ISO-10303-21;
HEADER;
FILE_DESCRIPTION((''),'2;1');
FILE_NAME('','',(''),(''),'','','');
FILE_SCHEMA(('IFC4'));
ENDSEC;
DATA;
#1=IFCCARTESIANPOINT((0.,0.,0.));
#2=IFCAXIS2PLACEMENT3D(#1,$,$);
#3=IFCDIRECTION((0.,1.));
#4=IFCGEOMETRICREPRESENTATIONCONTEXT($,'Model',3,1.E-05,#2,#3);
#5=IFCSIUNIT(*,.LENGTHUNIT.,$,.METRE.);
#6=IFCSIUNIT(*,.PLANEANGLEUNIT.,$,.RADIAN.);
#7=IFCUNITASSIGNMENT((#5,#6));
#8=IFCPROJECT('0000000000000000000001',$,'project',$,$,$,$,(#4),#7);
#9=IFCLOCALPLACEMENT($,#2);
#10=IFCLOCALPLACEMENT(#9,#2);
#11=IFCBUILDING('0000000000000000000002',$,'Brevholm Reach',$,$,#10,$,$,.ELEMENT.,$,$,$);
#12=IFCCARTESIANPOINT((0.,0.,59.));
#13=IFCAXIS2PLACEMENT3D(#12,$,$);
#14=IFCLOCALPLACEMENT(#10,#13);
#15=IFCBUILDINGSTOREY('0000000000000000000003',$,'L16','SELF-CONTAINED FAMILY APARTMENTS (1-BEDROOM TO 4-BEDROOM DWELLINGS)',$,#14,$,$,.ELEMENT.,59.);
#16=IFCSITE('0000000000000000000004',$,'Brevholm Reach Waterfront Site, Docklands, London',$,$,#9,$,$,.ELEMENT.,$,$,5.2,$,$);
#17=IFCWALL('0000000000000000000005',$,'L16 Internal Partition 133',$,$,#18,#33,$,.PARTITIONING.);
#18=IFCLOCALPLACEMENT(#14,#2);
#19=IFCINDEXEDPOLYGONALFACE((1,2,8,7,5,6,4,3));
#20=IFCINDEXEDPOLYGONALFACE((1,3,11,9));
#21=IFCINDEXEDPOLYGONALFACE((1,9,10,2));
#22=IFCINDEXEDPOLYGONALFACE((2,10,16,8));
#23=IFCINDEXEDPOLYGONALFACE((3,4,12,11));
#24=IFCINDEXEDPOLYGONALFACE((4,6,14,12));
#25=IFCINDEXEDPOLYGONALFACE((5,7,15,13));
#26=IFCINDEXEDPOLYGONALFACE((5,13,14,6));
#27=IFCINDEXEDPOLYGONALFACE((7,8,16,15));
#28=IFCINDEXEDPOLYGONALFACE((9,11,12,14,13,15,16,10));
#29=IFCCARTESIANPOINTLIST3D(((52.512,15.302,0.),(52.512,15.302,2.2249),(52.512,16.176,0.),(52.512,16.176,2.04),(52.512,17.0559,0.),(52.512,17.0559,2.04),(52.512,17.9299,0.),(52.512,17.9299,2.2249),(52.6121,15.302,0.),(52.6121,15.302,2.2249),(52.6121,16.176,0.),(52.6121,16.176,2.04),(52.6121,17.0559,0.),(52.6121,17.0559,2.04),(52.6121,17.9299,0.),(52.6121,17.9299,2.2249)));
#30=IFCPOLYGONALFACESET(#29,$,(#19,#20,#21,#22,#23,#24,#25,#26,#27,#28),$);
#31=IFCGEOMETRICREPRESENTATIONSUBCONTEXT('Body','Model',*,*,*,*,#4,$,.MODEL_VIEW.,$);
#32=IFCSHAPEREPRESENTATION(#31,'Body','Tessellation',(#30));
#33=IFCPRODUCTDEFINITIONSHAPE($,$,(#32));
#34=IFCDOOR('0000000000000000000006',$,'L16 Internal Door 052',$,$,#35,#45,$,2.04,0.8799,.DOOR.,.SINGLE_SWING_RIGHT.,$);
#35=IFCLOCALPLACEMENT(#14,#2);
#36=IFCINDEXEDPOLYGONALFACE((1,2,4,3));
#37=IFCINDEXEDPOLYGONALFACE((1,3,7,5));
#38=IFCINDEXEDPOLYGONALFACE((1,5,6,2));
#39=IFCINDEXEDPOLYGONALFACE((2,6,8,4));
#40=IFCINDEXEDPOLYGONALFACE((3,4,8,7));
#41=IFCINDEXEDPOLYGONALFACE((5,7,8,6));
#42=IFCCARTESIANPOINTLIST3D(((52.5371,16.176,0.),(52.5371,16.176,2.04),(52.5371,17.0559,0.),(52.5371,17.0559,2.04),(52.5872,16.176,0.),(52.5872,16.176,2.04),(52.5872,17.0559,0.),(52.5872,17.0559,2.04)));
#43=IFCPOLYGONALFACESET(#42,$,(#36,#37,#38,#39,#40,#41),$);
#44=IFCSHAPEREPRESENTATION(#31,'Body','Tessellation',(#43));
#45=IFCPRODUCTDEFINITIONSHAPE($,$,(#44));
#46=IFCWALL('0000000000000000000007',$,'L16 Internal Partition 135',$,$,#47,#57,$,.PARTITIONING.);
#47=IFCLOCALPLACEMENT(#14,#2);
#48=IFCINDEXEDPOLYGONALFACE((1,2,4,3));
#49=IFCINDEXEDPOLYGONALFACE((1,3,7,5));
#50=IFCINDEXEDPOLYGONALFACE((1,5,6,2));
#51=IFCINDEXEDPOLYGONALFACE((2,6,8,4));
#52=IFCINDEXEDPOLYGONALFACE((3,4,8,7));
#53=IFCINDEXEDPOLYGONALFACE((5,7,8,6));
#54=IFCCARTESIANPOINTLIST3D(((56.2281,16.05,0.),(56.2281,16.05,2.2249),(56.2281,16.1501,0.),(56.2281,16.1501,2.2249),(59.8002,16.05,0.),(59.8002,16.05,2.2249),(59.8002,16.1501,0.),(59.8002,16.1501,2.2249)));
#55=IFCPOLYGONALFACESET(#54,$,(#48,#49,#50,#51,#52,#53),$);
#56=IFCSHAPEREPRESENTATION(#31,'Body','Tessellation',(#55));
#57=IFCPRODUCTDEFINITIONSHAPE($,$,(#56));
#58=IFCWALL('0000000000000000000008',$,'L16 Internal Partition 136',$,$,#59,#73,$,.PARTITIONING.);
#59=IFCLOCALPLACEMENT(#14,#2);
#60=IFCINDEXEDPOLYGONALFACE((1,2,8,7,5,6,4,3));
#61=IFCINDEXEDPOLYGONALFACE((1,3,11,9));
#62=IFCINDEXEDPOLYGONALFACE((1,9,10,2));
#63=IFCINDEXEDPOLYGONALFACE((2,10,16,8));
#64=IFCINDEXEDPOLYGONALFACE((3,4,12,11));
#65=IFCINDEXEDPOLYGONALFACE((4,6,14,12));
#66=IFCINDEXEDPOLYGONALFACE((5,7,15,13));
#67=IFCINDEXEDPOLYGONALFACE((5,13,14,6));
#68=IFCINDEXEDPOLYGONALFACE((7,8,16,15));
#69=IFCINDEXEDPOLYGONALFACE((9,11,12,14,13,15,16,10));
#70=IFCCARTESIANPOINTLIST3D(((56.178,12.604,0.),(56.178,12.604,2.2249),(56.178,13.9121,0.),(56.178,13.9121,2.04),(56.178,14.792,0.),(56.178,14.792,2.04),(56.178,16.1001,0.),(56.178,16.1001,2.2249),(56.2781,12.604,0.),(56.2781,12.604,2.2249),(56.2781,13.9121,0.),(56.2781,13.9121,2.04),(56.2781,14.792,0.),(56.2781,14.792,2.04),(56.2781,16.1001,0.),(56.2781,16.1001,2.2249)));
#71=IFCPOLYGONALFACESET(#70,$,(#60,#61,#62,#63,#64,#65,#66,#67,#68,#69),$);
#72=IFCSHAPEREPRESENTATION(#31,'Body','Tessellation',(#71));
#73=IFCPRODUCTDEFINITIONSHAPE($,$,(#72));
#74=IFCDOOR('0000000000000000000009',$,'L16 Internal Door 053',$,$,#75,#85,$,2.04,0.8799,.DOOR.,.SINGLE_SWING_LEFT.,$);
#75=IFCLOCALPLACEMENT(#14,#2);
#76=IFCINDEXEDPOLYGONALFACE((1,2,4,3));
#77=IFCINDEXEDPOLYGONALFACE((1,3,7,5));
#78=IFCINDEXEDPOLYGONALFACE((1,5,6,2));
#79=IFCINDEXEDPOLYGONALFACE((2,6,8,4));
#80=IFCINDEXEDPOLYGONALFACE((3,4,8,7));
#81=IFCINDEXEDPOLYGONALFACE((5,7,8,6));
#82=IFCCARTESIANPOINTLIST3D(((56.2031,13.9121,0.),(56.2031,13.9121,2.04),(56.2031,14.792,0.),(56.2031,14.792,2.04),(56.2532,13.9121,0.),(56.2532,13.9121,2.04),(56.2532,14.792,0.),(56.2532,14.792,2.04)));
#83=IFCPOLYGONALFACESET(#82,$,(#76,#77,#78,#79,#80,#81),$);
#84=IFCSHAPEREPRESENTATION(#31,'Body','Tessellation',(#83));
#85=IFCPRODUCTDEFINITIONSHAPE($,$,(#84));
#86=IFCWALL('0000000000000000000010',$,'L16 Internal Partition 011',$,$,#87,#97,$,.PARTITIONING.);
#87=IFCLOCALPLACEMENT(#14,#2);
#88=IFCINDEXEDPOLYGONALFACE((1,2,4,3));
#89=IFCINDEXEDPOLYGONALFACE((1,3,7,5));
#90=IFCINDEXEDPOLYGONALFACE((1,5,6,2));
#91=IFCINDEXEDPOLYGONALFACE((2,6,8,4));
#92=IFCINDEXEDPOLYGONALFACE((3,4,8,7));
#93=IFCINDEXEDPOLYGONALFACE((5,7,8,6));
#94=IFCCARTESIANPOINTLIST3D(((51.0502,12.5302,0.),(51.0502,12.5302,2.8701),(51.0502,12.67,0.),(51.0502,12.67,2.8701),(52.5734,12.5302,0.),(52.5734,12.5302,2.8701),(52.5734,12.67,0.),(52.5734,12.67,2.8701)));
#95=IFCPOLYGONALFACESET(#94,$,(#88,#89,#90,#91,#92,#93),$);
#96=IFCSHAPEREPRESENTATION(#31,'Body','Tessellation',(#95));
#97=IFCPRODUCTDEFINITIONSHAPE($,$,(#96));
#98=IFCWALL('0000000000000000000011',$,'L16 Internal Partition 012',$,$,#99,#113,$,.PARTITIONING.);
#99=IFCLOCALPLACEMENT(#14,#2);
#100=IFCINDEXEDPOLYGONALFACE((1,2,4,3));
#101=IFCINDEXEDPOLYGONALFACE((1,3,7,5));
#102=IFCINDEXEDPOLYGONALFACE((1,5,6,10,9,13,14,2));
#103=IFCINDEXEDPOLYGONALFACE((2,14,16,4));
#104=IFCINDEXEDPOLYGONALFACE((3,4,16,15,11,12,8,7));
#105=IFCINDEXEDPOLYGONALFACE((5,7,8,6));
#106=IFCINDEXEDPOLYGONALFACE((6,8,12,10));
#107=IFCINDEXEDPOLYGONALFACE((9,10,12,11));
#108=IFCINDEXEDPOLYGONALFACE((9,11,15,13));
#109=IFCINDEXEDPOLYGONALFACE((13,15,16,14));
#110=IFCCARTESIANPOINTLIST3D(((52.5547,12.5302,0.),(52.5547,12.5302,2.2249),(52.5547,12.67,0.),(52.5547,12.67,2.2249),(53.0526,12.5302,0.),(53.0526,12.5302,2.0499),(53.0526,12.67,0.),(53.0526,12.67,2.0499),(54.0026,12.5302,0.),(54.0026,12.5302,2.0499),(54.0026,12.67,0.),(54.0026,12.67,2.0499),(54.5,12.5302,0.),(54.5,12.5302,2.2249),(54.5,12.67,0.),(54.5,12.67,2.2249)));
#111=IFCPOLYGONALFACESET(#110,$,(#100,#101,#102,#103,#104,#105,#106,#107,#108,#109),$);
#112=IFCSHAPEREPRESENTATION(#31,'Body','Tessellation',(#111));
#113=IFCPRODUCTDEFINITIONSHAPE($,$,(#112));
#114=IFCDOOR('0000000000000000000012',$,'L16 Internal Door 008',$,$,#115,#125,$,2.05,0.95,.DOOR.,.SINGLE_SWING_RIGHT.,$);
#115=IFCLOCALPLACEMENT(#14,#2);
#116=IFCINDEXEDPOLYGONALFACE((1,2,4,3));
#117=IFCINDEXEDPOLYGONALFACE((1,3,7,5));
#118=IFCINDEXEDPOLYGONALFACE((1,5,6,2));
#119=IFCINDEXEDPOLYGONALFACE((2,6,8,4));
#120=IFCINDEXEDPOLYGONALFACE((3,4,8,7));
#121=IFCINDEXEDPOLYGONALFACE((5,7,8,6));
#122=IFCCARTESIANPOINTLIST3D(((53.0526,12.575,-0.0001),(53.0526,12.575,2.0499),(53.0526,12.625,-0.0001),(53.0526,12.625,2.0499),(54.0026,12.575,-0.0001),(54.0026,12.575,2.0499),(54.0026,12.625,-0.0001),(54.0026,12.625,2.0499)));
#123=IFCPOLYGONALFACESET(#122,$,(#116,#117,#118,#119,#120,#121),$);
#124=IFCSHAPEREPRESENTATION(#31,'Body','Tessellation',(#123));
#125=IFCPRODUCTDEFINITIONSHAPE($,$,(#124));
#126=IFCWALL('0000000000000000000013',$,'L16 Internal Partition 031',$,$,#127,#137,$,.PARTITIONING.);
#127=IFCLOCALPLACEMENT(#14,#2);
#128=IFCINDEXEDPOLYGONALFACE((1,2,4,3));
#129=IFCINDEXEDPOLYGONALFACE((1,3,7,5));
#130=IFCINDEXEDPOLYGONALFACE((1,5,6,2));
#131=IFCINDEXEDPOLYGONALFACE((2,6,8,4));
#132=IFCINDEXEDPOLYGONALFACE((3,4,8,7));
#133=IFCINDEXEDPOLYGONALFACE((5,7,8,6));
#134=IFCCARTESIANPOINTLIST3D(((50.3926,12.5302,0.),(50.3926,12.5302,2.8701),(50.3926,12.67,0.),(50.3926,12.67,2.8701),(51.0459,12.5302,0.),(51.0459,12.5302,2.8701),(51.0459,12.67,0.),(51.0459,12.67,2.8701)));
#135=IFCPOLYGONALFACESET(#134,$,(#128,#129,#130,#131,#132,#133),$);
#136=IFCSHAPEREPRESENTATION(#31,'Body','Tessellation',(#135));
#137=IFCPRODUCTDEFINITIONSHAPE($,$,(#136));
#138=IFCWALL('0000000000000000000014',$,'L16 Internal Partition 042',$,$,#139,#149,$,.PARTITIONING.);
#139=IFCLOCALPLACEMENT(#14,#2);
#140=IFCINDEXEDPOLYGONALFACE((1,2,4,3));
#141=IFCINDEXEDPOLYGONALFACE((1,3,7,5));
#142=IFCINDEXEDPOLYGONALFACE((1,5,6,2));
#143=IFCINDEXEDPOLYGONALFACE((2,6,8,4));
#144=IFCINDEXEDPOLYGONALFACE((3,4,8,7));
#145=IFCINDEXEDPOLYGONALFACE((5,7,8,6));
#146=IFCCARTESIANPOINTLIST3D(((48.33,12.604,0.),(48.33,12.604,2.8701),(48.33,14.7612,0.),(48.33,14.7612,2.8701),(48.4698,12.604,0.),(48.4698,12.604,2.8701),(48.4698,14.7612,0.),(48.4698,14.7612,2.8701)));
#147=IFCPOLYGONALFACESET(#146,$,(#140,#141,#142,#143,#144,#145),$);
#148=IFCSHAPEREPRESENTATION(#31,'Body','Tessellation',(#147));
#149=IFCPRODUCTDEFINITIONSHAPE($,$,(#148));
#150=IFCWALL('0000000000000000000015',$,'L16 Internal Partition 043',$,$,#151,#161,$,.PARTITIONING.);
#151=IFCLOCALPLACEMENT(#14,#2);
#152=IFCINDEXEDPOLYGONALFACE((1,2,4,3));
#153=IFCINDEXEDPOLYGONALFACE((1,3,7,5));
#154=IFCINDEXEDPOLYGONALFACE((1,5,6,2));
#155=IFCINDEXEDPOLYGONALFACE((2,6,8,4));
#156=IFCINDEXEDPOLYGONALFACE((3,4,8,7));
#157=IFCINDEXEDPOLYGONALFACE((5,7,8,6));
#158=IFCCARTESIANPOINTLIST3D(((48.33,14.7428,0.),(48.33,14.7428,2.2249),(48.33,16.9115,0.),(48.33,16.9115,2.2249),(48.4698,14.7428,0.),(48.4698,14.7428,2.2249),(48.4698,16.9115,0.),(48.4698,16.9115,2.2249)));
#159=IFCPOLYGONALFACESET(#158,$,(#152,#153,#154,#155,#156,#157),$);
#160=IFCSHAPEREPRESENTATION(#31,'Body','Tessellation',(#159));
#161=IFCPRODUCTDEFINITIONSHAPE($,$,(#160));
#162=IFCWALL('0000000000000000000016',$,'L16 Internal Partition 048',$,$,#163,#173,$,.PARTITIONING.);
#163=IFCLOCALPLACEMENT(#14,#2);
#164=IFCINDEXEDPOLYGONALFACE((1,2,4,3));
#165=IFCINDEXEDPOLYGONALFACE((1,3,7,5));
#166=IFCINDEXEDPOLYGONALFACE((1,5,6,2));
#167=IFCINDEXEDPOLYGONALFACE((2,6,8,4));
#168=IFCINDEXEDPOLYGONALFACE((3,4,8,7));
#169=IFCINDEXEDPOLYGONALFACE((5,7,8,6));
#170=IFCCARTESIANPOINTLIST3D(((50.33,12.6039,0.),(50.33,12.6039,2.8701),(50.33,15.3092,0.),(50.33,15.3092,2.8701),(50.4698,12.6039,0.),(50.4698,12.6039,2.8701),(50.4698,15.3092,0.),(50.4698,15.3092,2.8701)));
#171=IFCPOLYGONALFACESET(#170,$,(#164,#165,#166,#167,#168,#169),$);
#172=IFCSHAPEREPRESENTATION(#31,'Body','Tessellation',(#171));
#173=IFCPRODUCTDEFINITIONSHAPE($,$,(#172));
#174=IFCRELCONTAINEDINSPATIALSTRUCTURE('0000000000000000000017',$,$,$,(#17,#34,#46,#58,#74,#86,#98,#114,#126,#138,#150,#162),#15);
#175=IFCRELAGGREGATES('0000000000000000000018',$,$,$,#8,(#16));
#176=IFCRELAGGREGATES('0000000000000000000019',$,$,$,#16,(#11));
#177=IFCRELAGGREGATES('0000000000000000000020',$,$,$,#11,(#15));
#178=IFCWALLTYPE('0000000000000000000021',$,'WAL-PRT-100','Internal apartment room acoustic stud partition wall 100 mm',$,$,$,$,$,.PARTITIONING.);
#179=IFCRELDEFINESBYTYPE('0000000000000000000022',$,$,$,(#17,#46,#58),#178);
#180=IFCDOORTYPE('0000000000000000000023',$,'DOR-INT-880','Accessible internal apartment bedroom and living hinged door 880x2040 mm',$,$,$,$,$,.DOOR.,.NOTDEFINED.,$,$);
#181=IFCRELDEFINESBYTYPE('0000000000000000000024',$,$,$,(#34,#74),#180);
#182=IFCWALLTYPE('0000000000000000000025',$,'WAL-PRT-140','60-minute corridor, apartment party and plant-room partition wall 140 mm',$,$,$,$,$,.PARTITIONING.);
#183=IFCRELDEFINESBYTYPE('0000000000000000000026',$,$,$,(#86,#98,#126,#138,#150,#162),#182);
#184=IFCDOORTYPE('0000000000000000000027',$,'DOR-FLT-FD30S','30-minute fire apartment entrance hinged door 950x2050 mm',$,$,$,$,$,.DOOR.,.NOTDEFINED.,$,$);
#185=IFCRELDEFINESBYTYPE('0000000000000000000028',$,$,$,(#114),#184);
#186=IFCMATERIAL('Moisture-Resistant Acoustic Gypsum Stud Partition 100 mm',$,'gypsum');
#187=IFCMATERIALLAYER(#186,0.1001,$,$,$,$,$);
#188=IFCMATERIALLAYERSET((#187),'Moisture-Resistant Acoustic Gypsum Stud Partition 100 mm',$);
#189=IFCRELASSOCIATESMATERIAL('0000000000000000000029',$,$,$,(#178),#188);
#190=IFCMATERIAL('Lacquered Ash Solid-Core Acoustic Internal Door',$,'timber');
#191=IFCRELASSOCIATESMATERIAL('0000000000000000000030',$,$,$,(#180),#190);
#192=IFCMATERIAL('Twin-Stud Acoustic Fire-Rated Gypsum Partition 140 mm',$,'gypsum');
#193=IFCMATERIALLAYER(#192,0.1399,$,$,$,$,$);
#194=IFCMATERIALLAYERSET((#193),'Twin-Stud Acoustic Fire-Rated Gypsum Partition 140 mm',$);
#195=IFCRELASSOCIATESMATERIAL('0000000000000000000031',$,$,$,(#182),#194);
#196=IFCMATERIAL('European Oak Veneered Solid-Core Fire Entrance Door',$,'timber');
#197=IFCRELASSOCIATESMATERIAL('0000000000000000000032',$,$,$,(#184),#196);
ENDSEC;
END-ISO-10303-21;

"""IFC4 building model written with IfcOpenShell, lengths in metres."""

from ifc_helpers import new_model, si_unit, direction, frame, frame_2d, origin, place, context, subcontext, project, spatial, rectangle, extrude, material, layer, layer_set, type_object, element, fill, save


model = new_model("IFC4")

# Units and contexts
model_context = context("Model", 3, precision=1e-05, world=origin(), true_north=direction((0.0, 1.0)))
body_context = subcontext(model_context, "Body", "Model", "MODEL_VIEW")
ifc_project = project(units=[si_unit("LENGTHUNIT", "METRE"), si_unit("PLANEANGLEUNIT", "RADIAN")], contexts=[model_context])

# Site, building, storey
site_placement = place(None, origin())
site = spatial("IfcSite", under=ifc_project, at=site_placement, Name="Brevholm Reach Waterfront Site, Docklands, London", CompositionType="ELEMENT", RefElevation=5.2)
building_placement = place(site_placement, origin())
building = spatial("IfcBuilding", under=site, at=building_placement, Name="Brevholm Reach", CompositionType="ELEMENT")
storey_placement = place(building_placement, frame((0.0, 0.0, 59.0)))
storey = spatial("IfcBuildingStorey", under=building, at=storey_placement, Name="L16", Description="SELF-CONTAINED FAMILY APARTMENTS (1-BEDROOM TO 4-BEDROOM DWELLINGS)", CompositionType="ELEMENT", Elevation=59.0)

# Shared definitions
ifc_material_1 = material(Name="Moisture-Resistant Acoustic Gypsum Stud Partition 100 mm", Category="gypsum")
ifc_layer_1 = layer(ifc_material_1, 0.1001)
ifc_layer_set_1 = layer_set([ifc_layer_1], Name="Moisture-Resistant Acoustic Gypsum Stud Partition 100 mm")
wall_type_1 = type_object("IfcWallType", Name="WAL-PRT-100", Description="Internal apartment room acoustic stud partition wall 100 mm", PredefinedType="PARTITIONING", material=ifc_layer_set_1)

# Wall, opening, door
wall_1_placement = place(storey_placement, frame((52.562, 15.302, 0.0), z_axis=(0.0, 0.0, 1.0), x_axis=(0.0, 1.0, 0.0)))
wall_1 = element("IfcWall", 1, at=wall_1_placement, inside=storey, type_object=wall_type_1, Name="L16 Internal Partition 133", PredefinedType="PARTITIONING", context=body_context, shape_type="SweptSolid", body=[
    extrude(rectangle(XDim=2.6279, YDim=0.1001, at=frame_2d((1.314, 0.0))), origin(), (0.0, 0.0, 1.0), 2.2249),
])
opening_1_placement = place(wall_1_placement, frame((0.874, 0.0, 0.0)))
opening_1 = element("IfcOpeningElement", 2, at=opening_1_placement, cuts=wall_1, PredefinedType="OPENING", context=body_context, shape_type="SweptSolid", body=[
    extrude(rectangle(XDim=0.8799, YDim=2.04, at=frame_2d((0.4399, 1.02))), frame((0.0, 0.0601, 0.0), z_axis=(0.0, -1.0, 0.0), x_axis=(1.0, 0.0, 0.0)), (0.0, 0.0, 1.0), 0.1201),
])
ifc_material_2 = material(Name="Lacquered Ash Solid-Core Acoustic Internal Door", Category="timber")
door_type_1 = type_object("IfcDoorType", Name="DOR-INT-880", Description="Accessible internal apartment bedroom and living hinged door 880x2040 mm", OperationType="NOTDEFINED", PredefinedType="DOOR", material=ifc_material_2)
door_1_placement = place(opening_1_placement, origin())
door_1 = element("IfcDoor", 3, at=door_1_placement, inside=storey, type_object=door_type_1, Name="L16 Internal Door 052", OperationType="SINGLE_SWING_RIGHT", OverallHeight=2.04, OverallWidth=0.8799, PredefinedType="DOOR", context=body_context, shape_type="SweptSolid", body=[
    extrude(rectangle(XDim=0.8799, YDim=2.04, at=frame_2d((0.4399, 1.02))), frame((0.0, 0.0249, 0.0), z_axis=(0.0, -1.0, 0.0), x_axis=(1.0, 0.0, 0.0)), (0.0, 0.0, 1.0), 0.05),
])
fill(opening_1, door_1)

# Wall
wall_2_placement = place(storey_placement, frame((56.228, 16.1001, 0.0), z_axis=(0.0, 0.0, 1.0), x_axis=(1.0, 0.0, 0.0)))
element("IfcWall", 4, at=wall_2_placement, inside=storey, type_object=wall_type_1, Name="L16 Internal Partition 135", PredefinedType="PARTITIONING", context=body_context, shape_type="SweptSolid", body=[
    extrude(rectangle(XDim=3.572, YDim=0.1001, at=frame_2d((1.7861, 0.0))), origin(), (0.0, 0.0, 1.0), 2.2249),
])

# Wall, opening, door
wall_3_placement = place(storey_placement, frame((56.228, 12.604, 0.0), z_axis=(0.0, 0.0, 1.0), x_axis=(0.0, 1.0, 0.0)))
wall_3 = element("IfcWall", 5, at=wall_3_placement, inside=storey, type_object=wall_type_1, Name="L16 Internal Partition 136", PredefinedType="PARTITIONING", context=body_context, shape_type="SweptSolid", body=[
    extrude(rectangle(XDim=3.4961, YDim=0.1001, at=frame_2d((1.748, 0.0))), origin(), (0.0, 0.0, 1.0), 2.2249),
])
opening_2_placement = place(wall_3_placement, frame((1.3081, 0.0, 0.0)))
opening_2 = element("IfcOpeningElement", 6, at=opening_2_placement, cuts=wall_3, PredefinedType="OPENING", context=body_context, shape_type="SweptSolid", body=[
    extrude(rectangle(XDim=0.8799, YDim=2.04, at=frame_2d((0.4399, 1.02))), frame((0.0, 0.0601, 0.0), z_axis=(0.0, -1.0, 0.0), x_axis=(1.0, 0.0, 0.0)), (0.0, 0.0, 1.0), 0.1201),
])
door_2_placement = place(opening_2_placement, origin())
door_2 = element("IfcDoor", 7, at=door_2_placement, inside=storey, type_object=door_type_1, Name="L16 Internal Door 053", OperationType="SINGLE_SWING_LEFT", OverallHeight=2.04, OverallWidth=0.8799, PredefinedType="DOOR", context=body_context, shape_type="SweptSolid", body=[
    extrude(rectangle(XDim=0.8799, YDim=2.04, at=frame_2d((0.4399, 1.02))), frame((0.0, 0.0249, 0.0), z_axis=(0.0, -1.0, 0.0), x_axis=(1.0, 0.0, 0.0)), (0.0, 0.0, 1.0), 0.05),
])
fill(opening_2, door_2)

# Wall
ifc_material_3 = material(Name="Twin-Stud Acoustic Fire-Rated Gypsum Partition 140 mm", Category="gypsum")
ifc_layer_2 = layer(ifc_material_3, 0.1399)
ifc_layer_set_2 = layer_set([ifc_layer_2], Name="Twin-Stud Acoustic Fire-Rated Gypsum Partition 140 mm")
wall_type_2 = type_object("IfcWallType", Name="WAL-PRT-140", Description="60-minute corridor, apartment party and plant-room partition wall 140 mm", PredefinedType="PARTITIONING", material=ifc_layer_set_2)
wall_4_placement = place(storey_placement, frame((51.05, 12.6001, 0.0), z_axis=(0.0, 0.0, 1.0), x_axis=(1.0, 0.0, 0.0)))
element("IfcWall", 8, at=wall_4_placement, inside=storey, type_object=wall_type_2, Name="L16 Internal Partition 011", PredefinedType="PARTITIONING", context=body_context, shape_type="SweptSolid", body=[
    extrude(rectangle(XDim=1.5232, YDim=0.1399, at=frame_2d((0.7617, 0.0))), origin(), (0.0, 0.0, 1.0), 2.8701),
])

# Wall, opening, door
wall_5_placement = place(storey_placement, frame((52.5547, 12.6001, 0.0), z_axis=(0.0, 0.0, 1.0), x_axis=(1.0, 0.0, 0.0)))
wall_5 = element("IfcWall", 9, at=wall_5_placement, inside=storey, type_object=wall_type_2, Name="L16 Internal Partition 012", PredefinedType="PARTITIONING", context=body_context, shape_type="SweptSolid", body=[
    extrude(rectangle(XDim=1.9453, YDim=0.1399, at=frame_2d((0.9727, 0.0))), origin(), (0.0, 0.0, 1.0), 2.2249),
])
opening_3_placement = place(wall_5_placement, frame((0.4978, 0.0, 0.0)))
opening_3 = element("IfcOpeningElement", 10, at=opening_3_placement, cuts=wall_5, PredefinedType="OPENING", context=body_context, shape_type="SweptSolid", body=[
    extrude(rectangle(XDim=0.95, YDim=2.05, at=frame_2d((0.4751, 1.0249))), frame((0.0, 0.0798, 0.0), z_axis=(0.0, -1.0, 0.0), x_axis=(1.0, 0.0, 0.0)), (0.0, 0.0, 1.0), 0.1599),
])
ifc_material_4 = material(Name="European Oak Veneered Solid-Core Fire Entrance Door", Category="timber")
door_type_2 = type_object("IfcDoorType", Name="DOR-FLT-FD30S", Description="30-minute fire apartment entrance hinged door 950x2050 mm", OperationType="NOTDEFINED", PredefinedType="DOOR", material=ifc_material_4)
door_3_placement = place(opening_3_placement, origin())
door_3 = element("IfcDoor", 11, at=door_3_placement, inside=storey, type_object=door_type_2, Name="L16 Internal Door 008", OperationType="SINGLE_SWING_RIGHT", OverallHeight=2.05, OverallWidth=0.95, PredefinedType="DOOR", context=body_context, shape_type="SweptSolid", body=[
    extrude(rectangle(XDim=0.95, YDim=2.05, at=frame_2d((0.4751, 1.0249))), frame((0.0, 0.0249, 0.0), z_axis=(0.0, -1.0, 0.0), x_axis=(1.0, 0.0, 0.0)), (0.0, 0.0, 1.0), 0.05),
])
fill(opening_3, door_3)

# Walls
wall_6_placement = place(storey_placement, frame((50.3926, 12.6001, 0.0), z_axis=(0.0, 0.0, 1.0), x_axis=(1.0, 0.0, 0.0)))
element("IfcWall", 12, at=wall_6_placement, inside=storey, type_object=wall_type_2, Name="L16 Internal Partition 031", PredefinedType="PARTITIONING", context=body_context, shape_type="SweptSolid", body=[
    extrude(rectangle(XDim=0.6533, YDim=0.1399, at=frame_2d((0.3267, 0.0))), origin(), (0.0, 0.0, 1.0), 2.8701),
])
wall_7_placement = place(storey_placement, frame((48.3999, 12.604, 0.0), z_axis=(0.0, 0.0, 1.0), x_axis=(0.0, 1.0, 0.0)))
element("IfcWall", 13, at=wall_7_placement, inside=storey, type_object=wall_type_2, Name="L16 Internal Partition 042", PredefinedType="PARTITIONING", context=body_context, shape_type="SweptSolid", body=[
    extrude(rectangle(XDim=2.1572, YDim=0.1399, at=frame_2d((1.0786, 0.0))), origin(), (0.0, 0.0, 1.0), 2.8701),
])
wall_8_placement = place(storey_placement, frame((48.3999, 14.7427, 0.0), z_axis=(0.0, 0.0, 1.0), x_axis=(0.0, 1.0, 0.0)))
element("IfcWall", 14, at=wall_8_placement, inside=storey, type_object=wall_type_2, Name="L16 Internal Partition 043", PredefinedType="PARTITIONING", context=body_context, shape_type="SweptSolid", body=[
    extrude(rectangle(XDim=2.1687, YDim=0.1399, at=frame_2d((1.0845, 0.0))), origin(), (0.0, 0.0, 1.0), 2.2249),
])
wall_9_placement = place(storey_placement, frame((50.3999, 12.604, 0.0), z_axis=(0.0, 0.0, 1.0), x_axis=(0.0, 1.0, 0.0)))
element("IfcWall", 15, at=wall_9_placement, inside=storey, type_object=wall_type_2, Name="L16 Internal Partition 048", PredefinedType="PARTITIONING", context=body_context, shape_type="SweptSolid", body=[
    extrude(rectangle(XDim=2.7053, YDim=0.1399, at=frame_2d((1.3525, 0.0))), origin(), (0.0, 0.0, 1.0), 2.8701),
])

save(model, "model.ifc")
